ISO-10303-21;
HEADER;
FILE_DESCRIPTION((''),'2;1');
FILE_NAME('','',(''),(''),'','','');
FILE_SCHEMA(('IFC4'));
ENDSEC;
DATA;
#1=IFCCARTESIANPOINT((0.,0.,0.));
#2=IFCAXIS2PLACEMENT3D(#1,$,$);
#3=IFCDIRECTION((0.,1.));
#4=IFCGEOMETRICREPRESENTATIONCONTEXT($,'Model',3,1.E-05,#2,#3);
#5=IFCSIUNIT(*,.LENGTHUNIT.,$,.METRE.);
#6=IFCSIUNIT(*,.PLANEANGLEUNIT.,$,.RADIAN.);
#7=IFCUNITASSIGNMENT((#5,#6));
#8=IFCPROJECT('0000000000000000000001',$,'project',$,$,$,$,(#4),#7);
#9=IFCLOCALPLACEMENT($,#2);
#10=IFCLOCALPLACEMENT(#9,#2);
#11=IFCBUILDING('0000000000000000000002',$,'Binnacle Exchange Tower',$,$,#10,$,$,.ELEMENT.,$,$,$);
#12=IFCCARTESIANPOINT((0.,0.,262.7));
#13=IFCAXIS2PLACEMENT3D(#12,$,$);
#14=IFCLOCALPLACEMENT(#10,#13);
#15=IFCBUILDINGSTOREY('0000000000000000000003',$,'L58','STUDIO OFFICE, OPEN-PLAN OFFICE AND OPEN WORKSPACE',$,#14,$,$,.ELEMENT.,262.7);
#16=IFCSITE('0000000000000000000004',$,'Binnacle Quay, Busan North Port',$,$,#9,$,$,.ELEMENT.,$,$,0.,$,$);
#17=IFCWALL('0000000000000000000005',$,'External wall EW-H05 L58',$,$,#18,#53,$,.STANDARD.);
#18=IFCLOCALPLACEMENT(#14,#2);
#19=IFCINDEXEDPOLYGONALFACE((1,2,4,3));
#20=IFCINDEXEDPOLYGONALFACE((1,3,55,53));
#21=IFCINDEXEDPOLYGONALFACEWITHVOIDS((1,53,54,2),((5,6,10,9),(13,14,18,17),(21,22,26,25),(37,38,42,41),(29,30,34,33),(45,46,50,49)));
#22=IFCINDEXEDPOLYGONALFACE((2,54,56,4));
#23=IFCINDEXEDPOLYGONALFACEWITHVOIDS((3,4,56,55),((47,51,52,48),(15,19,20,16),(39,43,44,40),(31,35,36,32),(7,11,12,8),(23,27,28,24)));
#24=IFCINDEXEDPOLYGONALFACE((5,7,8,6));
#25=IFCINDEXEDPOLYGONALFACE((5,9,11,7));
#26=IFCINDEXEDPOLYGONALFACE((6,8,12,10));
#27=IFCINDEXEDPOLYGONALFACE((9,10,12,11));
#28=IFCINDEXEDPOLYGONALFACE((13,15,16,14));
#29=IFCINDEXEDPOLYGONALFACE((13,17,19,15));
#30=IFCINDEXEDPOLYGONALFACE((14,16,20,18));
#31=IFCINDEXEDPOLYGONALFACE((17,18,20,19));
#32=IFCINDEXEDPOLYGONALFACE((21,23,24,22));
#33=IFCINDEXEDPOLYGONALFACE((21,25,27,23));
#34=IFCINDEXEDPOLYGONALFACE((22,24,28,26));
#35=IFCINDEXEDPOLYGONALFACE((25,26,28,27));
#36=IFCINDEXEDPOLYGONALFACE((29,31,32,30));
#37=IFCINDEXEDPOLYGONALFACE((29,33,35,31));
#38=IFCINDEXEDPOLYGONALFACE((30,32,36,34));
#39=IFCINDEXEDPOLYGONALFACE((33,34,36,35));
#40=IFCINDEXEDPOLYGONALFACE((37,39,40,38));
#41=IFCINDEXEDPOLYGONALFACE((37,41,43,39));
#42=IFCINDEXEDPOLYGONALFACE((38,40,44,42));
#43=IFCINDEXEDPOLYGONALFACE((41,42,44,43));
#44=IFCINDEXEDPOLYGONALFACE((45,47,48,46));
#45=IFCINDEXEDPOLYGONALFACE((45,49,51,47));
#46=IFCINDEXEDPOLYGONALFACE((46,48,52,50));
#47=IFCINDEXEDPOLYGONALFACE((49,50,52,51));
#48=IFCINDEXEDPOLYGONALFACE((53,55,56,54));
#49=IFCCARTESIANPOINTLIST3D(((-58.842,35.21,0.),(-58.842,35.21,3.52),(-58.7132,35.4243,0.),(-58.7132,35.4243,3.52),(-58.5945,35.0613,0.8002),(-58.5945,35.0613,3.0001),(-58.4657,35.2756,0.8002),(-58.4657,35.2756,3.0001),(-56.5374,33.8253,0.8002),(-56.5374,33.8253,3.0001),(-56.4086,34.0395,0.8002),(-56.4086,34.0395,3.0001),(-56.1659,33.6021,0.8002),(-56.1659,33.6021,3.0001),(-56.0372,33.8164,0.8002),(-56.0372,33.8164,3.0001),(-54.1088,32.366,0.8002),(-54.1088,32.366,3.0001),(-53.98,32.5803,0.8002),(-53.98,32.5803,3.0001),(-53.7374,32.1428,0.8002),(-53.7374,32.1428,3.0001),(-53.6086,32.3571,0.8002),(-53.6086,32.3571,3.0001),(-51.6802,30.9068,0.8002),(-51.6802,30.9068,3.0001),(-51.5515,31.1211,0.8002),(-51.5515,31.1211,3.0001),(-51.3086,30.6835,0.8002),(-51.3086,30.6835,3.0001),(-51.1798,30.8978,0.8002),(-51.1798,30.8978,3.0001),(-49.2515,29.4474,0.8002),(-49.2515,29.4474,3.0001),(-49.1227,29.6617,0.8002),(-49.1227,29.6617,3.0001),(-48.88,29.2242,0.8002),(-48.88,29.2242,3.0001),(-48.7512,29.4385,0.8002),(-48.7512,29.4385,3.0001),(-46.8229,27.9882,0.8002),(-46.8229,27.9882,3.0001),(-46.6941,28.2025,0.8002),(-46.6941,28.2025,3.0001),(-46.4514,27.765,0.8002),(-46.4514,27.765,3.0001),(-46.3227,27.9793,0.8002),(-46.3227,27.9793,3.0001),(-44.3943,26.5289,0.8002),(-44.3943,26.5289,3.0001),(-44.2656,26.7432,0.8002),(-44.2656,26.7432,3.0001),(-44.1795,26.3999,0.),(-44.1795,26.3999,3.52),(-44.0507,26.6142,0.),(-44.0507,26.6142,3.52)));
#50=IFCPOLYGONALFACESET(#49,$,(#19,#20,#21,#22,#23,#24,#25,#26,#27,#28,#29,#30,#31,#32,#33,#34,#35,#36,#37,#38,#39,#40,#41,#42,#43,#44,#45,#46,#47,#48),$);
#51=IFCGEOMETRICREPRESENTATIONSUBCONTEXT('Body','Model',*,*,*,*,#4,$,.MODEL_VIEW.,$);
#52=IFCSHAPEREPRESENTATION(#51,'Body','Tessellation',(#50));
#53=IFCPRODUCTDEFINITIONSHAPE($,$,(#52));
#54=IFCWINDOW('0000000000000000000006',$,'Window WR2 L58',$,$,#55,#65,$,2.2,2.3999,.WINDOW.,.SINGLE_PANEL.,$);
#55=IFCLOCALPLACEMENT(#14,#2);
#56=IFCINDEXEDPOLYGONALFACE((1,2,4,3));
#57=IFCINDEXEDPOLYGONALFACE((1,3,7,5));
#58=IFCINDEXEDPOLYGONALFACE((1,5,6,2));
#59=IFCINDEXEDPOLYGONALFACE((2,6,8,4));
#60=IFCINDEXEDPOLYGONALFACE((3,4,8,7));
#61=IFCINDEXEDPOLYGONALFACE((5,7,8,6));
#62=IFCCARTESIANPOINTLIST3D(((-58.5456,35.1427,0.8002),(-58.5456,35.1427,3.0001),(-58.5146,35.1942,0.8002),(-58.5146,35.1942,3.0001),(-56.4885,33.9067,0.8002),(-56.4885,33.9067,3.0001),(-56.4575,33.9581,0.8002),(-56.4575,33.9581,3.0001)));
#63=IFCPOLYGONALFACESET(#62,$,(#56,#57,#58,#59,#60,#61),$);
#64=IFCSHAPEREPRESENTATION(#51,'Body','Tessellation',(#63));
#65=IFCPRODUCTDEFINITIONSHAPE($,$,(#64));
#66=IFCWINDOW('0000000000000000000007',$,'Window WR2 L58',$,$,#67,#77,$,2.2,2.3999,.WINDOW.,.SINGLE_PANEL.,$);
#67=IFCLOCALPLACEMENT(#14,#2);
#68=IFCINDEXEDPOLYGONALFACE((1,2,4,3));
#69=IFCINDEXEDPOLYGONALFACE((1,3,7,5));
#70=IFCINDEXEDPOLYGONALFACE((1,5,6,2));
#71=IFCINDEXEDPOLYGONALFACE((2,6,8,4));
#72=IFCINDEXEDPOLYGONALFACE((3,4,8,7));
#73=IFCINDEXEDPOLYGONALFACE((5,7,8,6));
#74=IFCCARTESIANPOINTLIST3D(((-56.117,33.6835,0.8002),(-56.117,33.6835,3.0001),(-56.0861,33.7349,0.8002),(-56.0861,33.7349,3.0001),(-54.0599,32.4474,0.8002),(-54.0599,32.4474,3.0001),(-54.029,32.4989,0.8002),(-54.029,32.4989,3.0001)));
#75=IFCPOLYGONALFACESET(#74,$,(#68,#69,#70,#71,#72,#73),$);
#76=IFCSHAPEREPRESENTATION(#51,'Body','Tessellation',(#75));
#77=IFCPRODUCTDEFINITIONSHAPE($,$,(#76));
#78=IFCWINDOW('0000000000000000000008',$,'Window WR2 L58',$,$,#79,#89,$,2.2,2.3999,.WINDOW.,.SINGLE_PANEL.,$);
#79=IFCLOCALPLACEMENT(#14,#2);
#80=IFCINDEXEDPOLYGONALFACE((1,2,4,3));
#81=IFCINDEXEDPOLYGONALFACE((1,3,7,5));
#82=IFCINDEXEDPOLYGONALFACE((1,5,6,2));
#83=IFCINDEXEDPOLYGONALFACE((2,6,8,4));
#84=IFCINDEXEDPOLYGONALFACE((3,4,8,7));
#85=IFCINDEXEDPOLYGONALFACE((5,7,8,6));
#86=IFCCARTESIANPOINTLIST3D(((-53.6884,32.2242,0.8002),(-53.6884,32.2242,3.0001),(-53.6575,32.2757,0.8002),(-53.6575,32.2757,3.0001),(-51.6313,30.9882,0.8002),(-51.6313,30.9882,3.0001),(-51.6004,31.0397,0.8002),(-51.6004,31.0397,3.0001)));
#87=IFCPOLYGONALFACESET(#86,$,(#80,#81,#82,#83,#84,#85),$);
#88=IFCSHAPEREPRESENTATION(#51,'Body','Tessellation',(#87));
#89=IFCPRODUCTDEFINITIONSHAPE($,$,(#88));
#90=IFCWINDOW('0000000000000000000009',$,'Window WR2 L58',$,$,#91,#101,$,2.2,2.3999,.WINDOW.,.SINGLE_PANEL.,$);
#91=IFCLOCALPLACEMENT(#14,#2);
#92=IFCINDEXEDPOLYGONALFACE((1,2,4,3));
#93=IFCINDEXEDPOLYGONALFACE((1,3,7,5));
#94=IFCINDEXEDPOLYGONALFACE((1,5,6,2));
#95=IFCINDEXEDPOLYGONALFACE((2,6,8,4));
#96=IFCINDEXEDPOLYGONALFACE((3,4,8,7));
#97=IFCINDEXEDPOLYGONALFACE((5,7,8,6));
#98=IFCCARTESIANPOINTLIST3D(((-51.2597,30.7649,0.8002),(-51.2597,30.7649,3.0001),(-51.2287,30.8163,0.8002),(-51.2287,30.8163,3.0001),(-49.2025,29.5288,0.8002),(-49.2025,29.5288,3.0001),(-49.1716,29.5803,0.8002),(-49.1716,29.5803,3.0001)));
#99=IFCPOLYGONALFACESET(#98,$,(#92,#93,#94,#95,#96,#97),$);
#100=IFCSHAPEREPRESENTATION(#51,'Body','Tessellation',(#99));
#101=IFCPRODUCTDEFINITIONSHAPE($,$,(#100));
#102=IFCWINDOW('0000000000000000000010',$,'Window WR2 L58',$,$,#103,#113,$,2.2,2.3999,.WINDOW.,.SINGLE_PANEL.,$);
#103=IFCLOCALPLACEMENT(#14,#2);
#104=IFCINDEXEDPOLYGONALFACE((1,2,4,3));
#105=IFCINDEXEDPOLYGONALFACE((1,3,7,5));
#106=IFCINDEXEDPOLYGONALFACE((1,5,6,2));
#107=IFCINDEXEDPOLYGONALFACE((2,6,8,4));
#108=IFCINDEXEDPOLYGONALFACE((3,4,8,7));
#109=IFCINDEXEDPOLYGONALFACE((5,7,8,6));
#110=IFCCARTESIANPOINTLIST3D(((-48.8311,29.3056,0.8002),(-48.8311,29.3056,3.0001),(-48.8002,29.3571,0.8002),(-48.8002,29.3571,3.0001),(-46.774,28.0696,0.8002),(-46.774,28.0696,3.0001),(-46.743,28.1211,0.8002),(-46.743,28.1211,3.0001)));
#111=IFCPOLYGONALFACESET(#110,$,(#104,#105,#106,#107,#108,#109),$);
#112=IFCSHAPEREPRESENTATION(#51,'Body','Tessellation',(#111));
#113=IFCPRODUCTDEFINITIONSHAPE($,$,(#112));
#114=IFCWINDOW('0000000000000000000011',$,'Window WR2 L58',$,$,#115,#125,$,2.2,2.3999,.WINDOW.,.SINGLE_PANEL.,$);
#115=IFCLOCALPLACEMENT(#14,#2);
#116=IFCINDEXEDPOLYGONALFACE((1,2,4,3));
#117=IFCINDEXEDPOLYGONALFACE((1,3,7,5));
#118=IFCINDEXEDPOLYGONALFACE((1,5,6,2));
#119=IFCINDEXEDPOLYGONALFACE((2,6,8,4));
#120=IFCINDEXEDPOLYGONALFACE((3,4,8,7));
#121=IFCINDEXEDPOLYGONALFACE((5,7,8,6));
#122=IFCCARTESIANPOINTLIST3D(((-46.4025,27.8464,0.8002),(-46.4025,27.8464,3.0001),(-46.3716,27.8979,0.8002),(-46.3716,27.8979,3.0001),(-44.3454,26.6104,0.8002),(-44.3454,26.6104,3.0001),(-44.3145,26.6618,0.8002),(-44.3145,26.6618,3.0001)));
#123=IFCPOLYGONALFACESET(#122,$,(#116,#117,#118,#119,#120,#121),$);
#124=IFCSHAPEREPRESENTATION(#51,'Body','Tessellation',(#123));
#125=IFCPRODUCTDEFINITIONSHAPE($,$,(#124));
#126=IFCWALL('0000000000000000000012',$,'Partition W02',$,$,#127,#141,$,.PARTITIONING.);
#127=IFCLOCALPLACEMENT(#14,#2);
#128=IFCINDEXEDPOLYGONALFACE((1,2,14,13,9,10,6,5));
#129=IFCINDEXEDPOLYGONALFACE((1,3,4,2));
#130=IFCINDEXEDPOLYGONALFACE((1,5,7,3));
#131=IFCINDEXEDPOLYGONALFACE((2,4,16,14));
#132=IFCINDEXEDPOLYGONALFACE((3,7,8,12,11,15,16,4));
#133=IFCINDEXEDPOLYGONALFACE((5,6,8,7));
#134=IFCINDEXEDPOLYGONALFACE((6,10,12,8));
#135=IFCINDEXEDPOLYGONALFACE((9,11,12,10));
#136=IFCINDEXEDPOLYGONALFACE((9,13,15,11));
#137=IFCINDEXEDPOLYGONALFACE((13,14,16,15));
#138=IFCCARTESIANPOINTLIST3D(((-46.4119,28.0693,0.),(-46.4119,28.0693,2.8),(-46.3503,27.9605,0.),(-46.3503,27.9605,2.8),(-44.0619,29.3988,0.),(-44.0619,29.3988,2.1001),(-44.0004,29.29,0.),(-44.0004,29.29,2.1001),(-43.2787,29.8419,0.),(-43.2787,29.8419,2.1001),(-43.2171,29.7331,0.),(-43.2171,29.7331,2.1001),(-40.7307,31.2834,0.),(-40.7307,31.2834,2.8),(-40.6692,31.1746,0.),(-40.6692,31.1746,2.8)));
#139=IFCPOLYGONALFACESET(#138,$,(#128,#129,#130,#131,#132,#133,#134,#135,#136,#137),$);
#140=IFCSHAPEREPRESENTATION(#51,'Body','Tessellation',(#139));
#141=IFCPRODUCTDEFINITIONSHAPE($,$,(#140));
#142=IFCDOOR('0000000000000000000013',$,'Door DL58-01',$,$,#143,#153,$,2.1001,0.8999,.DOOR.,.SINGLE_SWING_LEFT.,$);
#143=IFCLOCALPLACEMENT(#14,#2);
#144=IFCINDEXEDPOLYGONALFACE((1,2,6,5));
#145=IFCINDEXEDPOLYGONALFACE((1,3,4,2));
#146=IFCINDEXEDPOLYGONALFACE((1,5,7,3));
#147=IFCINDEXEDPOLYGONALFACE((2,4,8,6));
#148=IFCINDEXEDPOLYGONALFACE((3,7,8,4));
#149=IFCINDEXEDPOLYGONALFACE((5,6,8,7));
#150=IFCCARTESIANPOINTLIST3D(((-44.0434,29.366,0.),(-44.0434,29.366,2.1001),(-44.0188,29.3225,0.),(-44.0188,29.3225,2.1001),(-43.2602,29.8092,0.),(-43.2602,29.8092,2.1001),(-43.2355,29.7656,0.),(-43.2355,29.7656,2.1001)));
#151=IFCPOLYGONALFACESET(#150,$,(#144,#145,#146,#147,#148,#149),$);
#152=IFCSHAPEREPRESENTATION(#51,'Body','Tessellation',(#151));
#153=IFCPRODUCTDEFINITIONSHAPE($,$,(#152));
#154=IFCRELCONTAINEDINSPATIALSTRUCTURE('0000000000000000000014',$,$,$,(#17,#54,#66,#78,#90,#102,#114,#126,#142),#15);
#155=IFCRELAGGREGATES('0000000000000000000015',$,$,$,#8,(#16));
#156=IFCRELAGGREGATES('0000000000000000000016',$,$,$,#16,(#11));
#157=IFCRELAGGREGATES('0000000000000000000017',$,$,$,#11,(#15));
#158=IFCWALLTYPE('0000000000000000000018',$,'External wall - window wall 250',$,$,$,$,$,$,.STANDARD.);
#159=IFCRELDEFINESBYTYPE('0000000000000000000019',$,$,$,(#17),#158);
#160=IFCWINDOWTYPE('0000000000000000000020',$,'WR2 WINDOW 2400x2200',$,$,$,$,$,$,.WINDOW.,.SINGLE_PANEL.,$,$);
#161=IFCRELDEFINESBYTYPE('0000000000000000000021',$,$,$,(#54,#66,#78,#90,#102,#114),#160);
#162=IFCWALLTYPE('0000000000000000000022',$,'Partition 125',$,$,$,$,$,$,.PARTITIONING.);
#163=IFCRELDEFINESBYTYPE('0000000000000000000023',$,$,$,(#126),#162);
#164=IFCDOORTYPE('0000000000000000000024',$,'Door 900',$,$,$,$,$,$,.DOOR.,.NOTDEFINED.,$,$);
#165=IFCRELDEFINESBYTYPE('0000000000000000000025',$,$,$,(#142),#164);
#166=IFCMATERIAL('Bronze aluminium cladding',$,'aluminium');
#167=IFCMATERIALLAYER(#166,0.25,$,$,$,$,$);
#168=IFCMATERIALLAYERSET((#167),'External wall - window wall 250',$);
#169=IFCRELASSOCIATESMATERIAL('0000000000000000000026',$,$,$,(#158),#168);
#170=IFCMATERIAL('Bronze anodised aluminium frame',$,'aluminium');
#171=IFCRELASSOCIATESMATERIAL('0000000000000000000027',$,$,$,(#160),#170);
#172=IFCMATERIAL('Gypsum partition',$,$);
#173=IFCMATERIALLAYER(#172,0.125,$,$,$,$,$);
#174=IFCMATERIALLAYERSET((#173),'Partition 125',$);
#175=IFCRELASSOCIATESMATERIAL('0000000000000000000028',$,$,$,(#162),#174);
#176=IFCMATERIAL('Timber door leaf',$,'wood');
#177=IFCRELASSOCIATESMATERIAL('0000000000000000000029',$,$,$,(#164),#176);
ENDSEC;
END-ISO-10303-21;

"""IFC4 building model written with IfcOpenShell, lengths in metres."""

from ifc_helpers import new_model, si_unit, direction, frame, frame_2d, origin, place, context, subcontext, project, spatial, rectangle, extrude, material, layer, layer_set, type_object, element, fill, save


model = new_model("IFC4")

# Units and contexts
model_context = context("Model", 3, precision=1e-05, world=origin(), true_north=direction((0.0, 1.0)))
body_context = subcontext(model_context, "Body", "Model", "MODEL_VIEW")
ifc_project = project(units=[si_unit("LENGTHUNIT", "METRE"), si_unit("PLANEANGLEUNIT", "RADIAN")], contexts=[model_context])

# Site, building, storey
site_placement = place(None, origin())
site = spatial("IfcSite", under=ifc_project, at=site_placement, Name="Binnacle Quay, Busan North Port", CompositionType="ELEMENT", RefElevation=0.0)
building_placement = place(site_placement, origin())
building = spatial("IfcBuilding", under=site, at=building_placement, Name="Binnacle Exchange Tower", CompositionType="ELEMENT")
storey_placement = place(building_placement, frame((0.0, 0.0, 262.7)))
storey = spatial("IfcBuildingStorey", under=building, at=storey_placement, Name="L58", Description="STUDIO OFFICE, OPEN-PLAN OFFICE AND OPEN WORKSPACE", CompositionType="ELEMENT", Elevation=262.7)

# Shared definitions
ifc_material_1 = material(Name="Bronze aluminium cladding", Category="aluminium")
ifc_layer_1 = layer(ifc_material_1, 0.25)
ifc_layer_set_1 = layer_set([ifc_layer_1], Name="External wall - window wall 250")
wall_type_1 = type_object("IfcWallType", Name="External wall - window wall 250", PredefinedType="STANDARD", material=ifc_layer_set_1)

# Wall, openings, windows
wall_1_placement = place(storey_placement, frame((-44.1152, 26.5071, 0.0), z_axis=(0.0, 0.0, 1.0), x_axis=(-0.857167, 0.515039, 0.0)))
wall_1 = element("IfcWall", 1, at=wall_1_placement, inside=storey, type_object=wall_type_1, Name="External wall EW-H05 L58", PredefinedType="STANDARD", context=body_context, shape_type="SweptSolid", body=[
    extrude(rectangle(XDim=17.1057, YDim=0.25, at=frame_2d((8.5527, 0.0))), origin(), (0.0, 0.0, 1.0), 3.52),
])
opening_1_placement = place(wall_1_placement, frame((14.417, 0.0, 0.8)))
opening_1 = element("IfcOpeningElement", 2, at=opening_1_placement, cuts=wall_1, PredefinedType="OPENING", context=body_context, shape_type="SweptSolid", body=[
    extrude(rectangle(XDim=2.3999, YDim=2.2, at=frame_2d((1.2, 1.1001))), frame((0.0, 0.135, 0.0), z_axis=(0.0, -1.0, 0.0), x_axis=(1.0, 0.0, 0.0)), (0.0, 0.0, 1.0), 0.27),
])
opening_2_placement = place(wall_1_placement, frame((11.5837, 0.0, 0.8)))
opening_2 = element("IfcOpeningElement", 3, at=opening_2_placement, cuts=wall_1, PredefinedType="OPENING", context=body_context, shape_type="SweptSolid", body=[
    extrude(rectangle(XDim=2.3999, YDim=2.2, at=frame_2d((1.2, 1.1001))), frame((0.0, 0.135, 0.0), z_axis=(0.0, -1.0, 0.0), x_axis=(1.0, 0.0, 0.0)), (0.0, 0.0, 1.0), 0.27),
])
opening_3_placement = place(wall_1_placement, frame((8.7505, 0.0, 0.8)))
opening_3 = element("IfcOpeningElement", 4, at=opening_3_placement, cuts=wall_1, PredefinedType="OPENING", context=body_context, shape_type="SweptSolid", body=[
    extrude(rectangle(XDim=2.3999, YDim=2.2, at=frame_2d((1.2, 1.1001))), frame((0.0, 0.135, 0.0), z_axis=(0.0, -1.0, 0.0), x_axis=(1.0, 0.0, 0.0)), (0.0, 0.0, 1.0), 0.27),
])
opening_4_placement = place(wall_1_placement, frame((5.917, 0.0, 0.8)))
opening_4 = element("IfcOpeningElement", 5, at=opening_4_placement, cuts=wall_1, PredefinedType="OPENING", context=body_context, shape_type="SweptSolid", body=[
    extrude(rectangle(XDim=2.3999, YDim=2.2, at=frame_2d((1.2, 1.1001))), frame((0.0, 0.135, 0.0), z_axis=(0.0, -1.0, 0.0), x_axis=(1.0, 0.0, 0.0)), (0.0, 0.0, 1.0), 0.27),
])
opening_5_placement = place(wall_1_placement, frame((3.0837, 0.0, 0.8)))
opening_5 = element("IfcOpeningElement", 6, at=opening_5_placement, cuts=wall_1, PredefinedType="OPENING", context=body_context, shape_type="SweptSolid", body=[
    extrude(rectangle(XDim=2.3999, YDim=2.2, at=frame_2d((1.2, 1.1001))), frame((0.0, 0.135, 0.0), z_axis=(0.0, -1.0, 0.0), x_axis=(1.0, 0.0, 0.0)), (0.0, 0.0, 1.0), 0.27),
])
opening_6_placement = place(wall_1_placement, frame((0.2505, 0.0, 0.8)))
opening_6 = element("IfcOpeningElement", 7, at=opening_6_placement, cuts=wall_1, PredefinedType="OPENING", context=body_context, shape_type="SweptSolid", body=[
    extrude(rectangle(XDim=2.3999, YDim=2.2, at=frame_2d((1.2, 1.1001))), frame((0.0, 0.135, 0.0), z_axis=(0.0, -1.0, 0.0), x_axis=(1.0, 0.0, 0.0)), (0.0, 0.0, 1.0), 0.27),
])
ifc_material_2 = material(Name="Bronze anodised aluminium frame", Category="aluminium")
window_type = type_object("IfcWindowType", Name="WR2 WINDOW 2400x2200", PartitioningType="SINGLE_PANEL", PredefinedType="WINDOW", material=ifc_material_2)
window_1_placement = place(opening_1_placement, origin())
window_1 = element("IfcWindow", 8, at=window_1_placement, inside=storey, type_object=window_type, Name="Window WR2 L58", OverallHeight=2.2, OverallWidth=2.3999, PartitioningType="SINGLE_PANEL", PredefinedType="WINDOW", context=body_context, shape_type="SweptSolid", body=[
    extrude(rectangle(XDim=2.3999, YDim=2.2, at=frame_2d((1.2, 1.1001))), frame((0.0, 0.03, 0.0), z_axis=(0.0, -1.0, 0.0), x_axis=(1.0, 0.0, 0.0)), (0.0, 0.0, 1.0), 0.0601),
])
fill(opening_1, window_1)
window_2_placement = place(opening_2_placement, origin())
window_2 = element("IfcWindow", 9, at=window_2_placement, inside=storey, type_object=window_type, Name="Window WR2 L58", OverallHeight=2.2, OverallWidth=2.3999, PartitioningType="SINGLE_PANEL", PredefinedType="WINDOW", context=body_context, shape_type="SweptSolid", body=[
    extrude(rectangle(XDim=2.3999, YDim=2.2, at=frame_2d((1.2, 1.1001))), frame((0.0, 0.03, 0.0), z_axis=(0.0, -1.0, 0.0), x_axis=(1.0, 0.0, 0.0)), (0.0, 0.0, 1.0), 0.0601),
])
fill(opening_2, window_2)
window_3_placement = place(opening_3_placement, origin())
window_3 = element("IfcWindow", 10, at=window_3_placement, inside=storey, type_object=window_type, Name="Window WR2 L58", OverallHeight=2.2, OverallWidth=2.3999, PartitioningType="SINGLE_PANEL", PredefinedType="WINDOW", context=body_context, shape_type="SweptSolid", body=[
    extrude(rectangle(XDim=2.3999, YDim=2.2, at=frame_2d((1.2, 1.1001))), frame((0.0, 0.03, 0.0), z_axis=(0.0, -1.0, 0.0), x_axis=(1.0, 0.0, 0.0)), (0.0, 0.0, 1.0), 0.0601),
])
fill(opening_3, window_3)
window_4_placement = place(opening_4_placement, origin())
window_4 = element("IfcWindow", 11, at=window_4_placement, inside=storey, type_object=window_type, Name="Window WR2 L58", OverallHeight=2.2, OverallWidth=2.3999, PartitioningType="SINGLE_PANEL", PredefinedType="WINDOW", context=body_context, shape_type="SweptSolid", body=[
    extrude(rectangle(XDim=2.3999, YDim=2.2, at=frame_2d((1.2, 1.1001))), frame((0.0, 0.03, 0.0), z_axis=(0.0, -1.0, 0.0), x_axis=(1.0, 0.0, 0.0)), (0.0, 0.0, 1.0), 0.0601),
])
fill(opening_4, window_4)
window_5_placement = place(opening_5_placement, origin())
window_5 = element("IfcWindow", 12, at=window_5_placement, inside=storey, type_object=window_type, Name="Window WR2 L58", OverallHeight=2.2, OverallWidth=2.3999, PartitioningType="SINGLE_PANEL", PredefinedType="WINDOW", context=body_context, shape_type="SweptSolid", body=[
    extrude(rectangle(XDim=2.3999, YDim=2.2, at=frame_2d((1.2, 1.1001))), frame((0.0, 0.03, 0.0), z_axis=(0.0, -1.0, 0.0), x_axis=(1.0, 0.0, 0.0)), (0.0, 0.0, 1.0), 0.0601),
])
fill(opening_5, window_5)
window_6_placement = place(opening_6_placement, origin())
window_6 = element("IfcWindow", 13, at=window_6_placement, inside=storey, type_object=window_type, Name="Window WR2 L58", OverallHeight=2.2, OverallWidth=2.3999, PartitioningType="SINGLE_PANEL", PredefinedType="WINDOW", context=body_context, shape_type="SweptSolid", body=[
    extrude(rectangle(XDim=2.3999, YDim=2.2, at=frame_2d((1.2, 1.1001))), frame((0.0, 0.03, 0.0), z_axis=(0.0, -1.0, 0.0), x_axis=(1.0, 0.0, 0.0)), (0.0, 0.0, 1.0), 0.0601),
])
fill(opening_6, window_6)

# Wall, opening, door
ifc_material_3 = material(Name="Gypsum partition")
ifc_layer_2 = layer(ifc_material_3, 0.125)
ifc_layer_set_2 = layer_set([ifc_layer_2], Name="Partition 125")
wall_type_2 = type_object("IfcWallType", Name="Partition 125", PredefinedType="PARTITIONING", material=ifc_layer_set_2)
wall_2_placement = place(storey_placement, frame((-46.3811, 28.0149, 0.0), z_axis=(0.0, 0.0, 1.0), x_axis=(0.870364, 0.492408, 0.0)))
wall_2 = element("IfcWall", 14, at=wall_2_placement, inside=storey, type_object=wall_type_2, Name="Partition W02", PredefinedType="PARTITIONING", context=body_context, shape_type="SweptSolid", body=[
    extrude(rectangle(XDim=6.5273, YDim=0.125, at=frame_2d((3.2637, 0.0))), origin(), (0.0, 0.0, 1.0), 2.8),
])
opening_7_placement = place(wall_2_placement, frame((2.7, 0.0, 0.0)))
opening_7 = element("IfcOpeningElement", 15, at=opening_7_placement, cuts=wall_2, PredefinedType="OPENING", context=body_context, shape_type="SweptSolid", body=[
    extrude(rectangle(XDim=0.8999, YDim=2.1001, at=frame_2d((0.45, 1.05))), frame((0.0, 0.0725, 0.0), z_axis=(0.0, -1.0, 0.0), x_axis=(1.0, 0.0, 0.0)), (0.0, 0.0, 1.0), 0.145),
])
ifc_material_4 = material(Name="Timber door leaf", Category="wood")
door_type_1 = type_object("IfcDoorType", Name="Door 900", OperationType="NOTDEFINED", PredefinedType="DOOR", material=ifc_material_4)
door_1_placement = place(opening_7_placement, origin())
door_1 = element("IfcDoor", 16, at=door_1_placement, inside=storey, type_object=door_type_1, Name="Door DL58-01", OperationType="SINGLE_SWING_LEFT", OverallHeight=2.1001, OverallWidth=0.8999, PredefinedType="DOOR", context=body_context, shape_type="SweptSolid", body=[
    extrude(rectangle(XDim=0.8999, YDim=2.1001, at=frame_2d((0.45, 1.05))), frame((0.0, 0.0249, 0.0), z_axis=(0.0, -1.0, 0.0), x_axis=(1.0, 0.0, 0.0)), (0.0, 0.0, 1.0), 0.05),
])
fill(opening_7, door_1)

save(model, "model.ifc")
